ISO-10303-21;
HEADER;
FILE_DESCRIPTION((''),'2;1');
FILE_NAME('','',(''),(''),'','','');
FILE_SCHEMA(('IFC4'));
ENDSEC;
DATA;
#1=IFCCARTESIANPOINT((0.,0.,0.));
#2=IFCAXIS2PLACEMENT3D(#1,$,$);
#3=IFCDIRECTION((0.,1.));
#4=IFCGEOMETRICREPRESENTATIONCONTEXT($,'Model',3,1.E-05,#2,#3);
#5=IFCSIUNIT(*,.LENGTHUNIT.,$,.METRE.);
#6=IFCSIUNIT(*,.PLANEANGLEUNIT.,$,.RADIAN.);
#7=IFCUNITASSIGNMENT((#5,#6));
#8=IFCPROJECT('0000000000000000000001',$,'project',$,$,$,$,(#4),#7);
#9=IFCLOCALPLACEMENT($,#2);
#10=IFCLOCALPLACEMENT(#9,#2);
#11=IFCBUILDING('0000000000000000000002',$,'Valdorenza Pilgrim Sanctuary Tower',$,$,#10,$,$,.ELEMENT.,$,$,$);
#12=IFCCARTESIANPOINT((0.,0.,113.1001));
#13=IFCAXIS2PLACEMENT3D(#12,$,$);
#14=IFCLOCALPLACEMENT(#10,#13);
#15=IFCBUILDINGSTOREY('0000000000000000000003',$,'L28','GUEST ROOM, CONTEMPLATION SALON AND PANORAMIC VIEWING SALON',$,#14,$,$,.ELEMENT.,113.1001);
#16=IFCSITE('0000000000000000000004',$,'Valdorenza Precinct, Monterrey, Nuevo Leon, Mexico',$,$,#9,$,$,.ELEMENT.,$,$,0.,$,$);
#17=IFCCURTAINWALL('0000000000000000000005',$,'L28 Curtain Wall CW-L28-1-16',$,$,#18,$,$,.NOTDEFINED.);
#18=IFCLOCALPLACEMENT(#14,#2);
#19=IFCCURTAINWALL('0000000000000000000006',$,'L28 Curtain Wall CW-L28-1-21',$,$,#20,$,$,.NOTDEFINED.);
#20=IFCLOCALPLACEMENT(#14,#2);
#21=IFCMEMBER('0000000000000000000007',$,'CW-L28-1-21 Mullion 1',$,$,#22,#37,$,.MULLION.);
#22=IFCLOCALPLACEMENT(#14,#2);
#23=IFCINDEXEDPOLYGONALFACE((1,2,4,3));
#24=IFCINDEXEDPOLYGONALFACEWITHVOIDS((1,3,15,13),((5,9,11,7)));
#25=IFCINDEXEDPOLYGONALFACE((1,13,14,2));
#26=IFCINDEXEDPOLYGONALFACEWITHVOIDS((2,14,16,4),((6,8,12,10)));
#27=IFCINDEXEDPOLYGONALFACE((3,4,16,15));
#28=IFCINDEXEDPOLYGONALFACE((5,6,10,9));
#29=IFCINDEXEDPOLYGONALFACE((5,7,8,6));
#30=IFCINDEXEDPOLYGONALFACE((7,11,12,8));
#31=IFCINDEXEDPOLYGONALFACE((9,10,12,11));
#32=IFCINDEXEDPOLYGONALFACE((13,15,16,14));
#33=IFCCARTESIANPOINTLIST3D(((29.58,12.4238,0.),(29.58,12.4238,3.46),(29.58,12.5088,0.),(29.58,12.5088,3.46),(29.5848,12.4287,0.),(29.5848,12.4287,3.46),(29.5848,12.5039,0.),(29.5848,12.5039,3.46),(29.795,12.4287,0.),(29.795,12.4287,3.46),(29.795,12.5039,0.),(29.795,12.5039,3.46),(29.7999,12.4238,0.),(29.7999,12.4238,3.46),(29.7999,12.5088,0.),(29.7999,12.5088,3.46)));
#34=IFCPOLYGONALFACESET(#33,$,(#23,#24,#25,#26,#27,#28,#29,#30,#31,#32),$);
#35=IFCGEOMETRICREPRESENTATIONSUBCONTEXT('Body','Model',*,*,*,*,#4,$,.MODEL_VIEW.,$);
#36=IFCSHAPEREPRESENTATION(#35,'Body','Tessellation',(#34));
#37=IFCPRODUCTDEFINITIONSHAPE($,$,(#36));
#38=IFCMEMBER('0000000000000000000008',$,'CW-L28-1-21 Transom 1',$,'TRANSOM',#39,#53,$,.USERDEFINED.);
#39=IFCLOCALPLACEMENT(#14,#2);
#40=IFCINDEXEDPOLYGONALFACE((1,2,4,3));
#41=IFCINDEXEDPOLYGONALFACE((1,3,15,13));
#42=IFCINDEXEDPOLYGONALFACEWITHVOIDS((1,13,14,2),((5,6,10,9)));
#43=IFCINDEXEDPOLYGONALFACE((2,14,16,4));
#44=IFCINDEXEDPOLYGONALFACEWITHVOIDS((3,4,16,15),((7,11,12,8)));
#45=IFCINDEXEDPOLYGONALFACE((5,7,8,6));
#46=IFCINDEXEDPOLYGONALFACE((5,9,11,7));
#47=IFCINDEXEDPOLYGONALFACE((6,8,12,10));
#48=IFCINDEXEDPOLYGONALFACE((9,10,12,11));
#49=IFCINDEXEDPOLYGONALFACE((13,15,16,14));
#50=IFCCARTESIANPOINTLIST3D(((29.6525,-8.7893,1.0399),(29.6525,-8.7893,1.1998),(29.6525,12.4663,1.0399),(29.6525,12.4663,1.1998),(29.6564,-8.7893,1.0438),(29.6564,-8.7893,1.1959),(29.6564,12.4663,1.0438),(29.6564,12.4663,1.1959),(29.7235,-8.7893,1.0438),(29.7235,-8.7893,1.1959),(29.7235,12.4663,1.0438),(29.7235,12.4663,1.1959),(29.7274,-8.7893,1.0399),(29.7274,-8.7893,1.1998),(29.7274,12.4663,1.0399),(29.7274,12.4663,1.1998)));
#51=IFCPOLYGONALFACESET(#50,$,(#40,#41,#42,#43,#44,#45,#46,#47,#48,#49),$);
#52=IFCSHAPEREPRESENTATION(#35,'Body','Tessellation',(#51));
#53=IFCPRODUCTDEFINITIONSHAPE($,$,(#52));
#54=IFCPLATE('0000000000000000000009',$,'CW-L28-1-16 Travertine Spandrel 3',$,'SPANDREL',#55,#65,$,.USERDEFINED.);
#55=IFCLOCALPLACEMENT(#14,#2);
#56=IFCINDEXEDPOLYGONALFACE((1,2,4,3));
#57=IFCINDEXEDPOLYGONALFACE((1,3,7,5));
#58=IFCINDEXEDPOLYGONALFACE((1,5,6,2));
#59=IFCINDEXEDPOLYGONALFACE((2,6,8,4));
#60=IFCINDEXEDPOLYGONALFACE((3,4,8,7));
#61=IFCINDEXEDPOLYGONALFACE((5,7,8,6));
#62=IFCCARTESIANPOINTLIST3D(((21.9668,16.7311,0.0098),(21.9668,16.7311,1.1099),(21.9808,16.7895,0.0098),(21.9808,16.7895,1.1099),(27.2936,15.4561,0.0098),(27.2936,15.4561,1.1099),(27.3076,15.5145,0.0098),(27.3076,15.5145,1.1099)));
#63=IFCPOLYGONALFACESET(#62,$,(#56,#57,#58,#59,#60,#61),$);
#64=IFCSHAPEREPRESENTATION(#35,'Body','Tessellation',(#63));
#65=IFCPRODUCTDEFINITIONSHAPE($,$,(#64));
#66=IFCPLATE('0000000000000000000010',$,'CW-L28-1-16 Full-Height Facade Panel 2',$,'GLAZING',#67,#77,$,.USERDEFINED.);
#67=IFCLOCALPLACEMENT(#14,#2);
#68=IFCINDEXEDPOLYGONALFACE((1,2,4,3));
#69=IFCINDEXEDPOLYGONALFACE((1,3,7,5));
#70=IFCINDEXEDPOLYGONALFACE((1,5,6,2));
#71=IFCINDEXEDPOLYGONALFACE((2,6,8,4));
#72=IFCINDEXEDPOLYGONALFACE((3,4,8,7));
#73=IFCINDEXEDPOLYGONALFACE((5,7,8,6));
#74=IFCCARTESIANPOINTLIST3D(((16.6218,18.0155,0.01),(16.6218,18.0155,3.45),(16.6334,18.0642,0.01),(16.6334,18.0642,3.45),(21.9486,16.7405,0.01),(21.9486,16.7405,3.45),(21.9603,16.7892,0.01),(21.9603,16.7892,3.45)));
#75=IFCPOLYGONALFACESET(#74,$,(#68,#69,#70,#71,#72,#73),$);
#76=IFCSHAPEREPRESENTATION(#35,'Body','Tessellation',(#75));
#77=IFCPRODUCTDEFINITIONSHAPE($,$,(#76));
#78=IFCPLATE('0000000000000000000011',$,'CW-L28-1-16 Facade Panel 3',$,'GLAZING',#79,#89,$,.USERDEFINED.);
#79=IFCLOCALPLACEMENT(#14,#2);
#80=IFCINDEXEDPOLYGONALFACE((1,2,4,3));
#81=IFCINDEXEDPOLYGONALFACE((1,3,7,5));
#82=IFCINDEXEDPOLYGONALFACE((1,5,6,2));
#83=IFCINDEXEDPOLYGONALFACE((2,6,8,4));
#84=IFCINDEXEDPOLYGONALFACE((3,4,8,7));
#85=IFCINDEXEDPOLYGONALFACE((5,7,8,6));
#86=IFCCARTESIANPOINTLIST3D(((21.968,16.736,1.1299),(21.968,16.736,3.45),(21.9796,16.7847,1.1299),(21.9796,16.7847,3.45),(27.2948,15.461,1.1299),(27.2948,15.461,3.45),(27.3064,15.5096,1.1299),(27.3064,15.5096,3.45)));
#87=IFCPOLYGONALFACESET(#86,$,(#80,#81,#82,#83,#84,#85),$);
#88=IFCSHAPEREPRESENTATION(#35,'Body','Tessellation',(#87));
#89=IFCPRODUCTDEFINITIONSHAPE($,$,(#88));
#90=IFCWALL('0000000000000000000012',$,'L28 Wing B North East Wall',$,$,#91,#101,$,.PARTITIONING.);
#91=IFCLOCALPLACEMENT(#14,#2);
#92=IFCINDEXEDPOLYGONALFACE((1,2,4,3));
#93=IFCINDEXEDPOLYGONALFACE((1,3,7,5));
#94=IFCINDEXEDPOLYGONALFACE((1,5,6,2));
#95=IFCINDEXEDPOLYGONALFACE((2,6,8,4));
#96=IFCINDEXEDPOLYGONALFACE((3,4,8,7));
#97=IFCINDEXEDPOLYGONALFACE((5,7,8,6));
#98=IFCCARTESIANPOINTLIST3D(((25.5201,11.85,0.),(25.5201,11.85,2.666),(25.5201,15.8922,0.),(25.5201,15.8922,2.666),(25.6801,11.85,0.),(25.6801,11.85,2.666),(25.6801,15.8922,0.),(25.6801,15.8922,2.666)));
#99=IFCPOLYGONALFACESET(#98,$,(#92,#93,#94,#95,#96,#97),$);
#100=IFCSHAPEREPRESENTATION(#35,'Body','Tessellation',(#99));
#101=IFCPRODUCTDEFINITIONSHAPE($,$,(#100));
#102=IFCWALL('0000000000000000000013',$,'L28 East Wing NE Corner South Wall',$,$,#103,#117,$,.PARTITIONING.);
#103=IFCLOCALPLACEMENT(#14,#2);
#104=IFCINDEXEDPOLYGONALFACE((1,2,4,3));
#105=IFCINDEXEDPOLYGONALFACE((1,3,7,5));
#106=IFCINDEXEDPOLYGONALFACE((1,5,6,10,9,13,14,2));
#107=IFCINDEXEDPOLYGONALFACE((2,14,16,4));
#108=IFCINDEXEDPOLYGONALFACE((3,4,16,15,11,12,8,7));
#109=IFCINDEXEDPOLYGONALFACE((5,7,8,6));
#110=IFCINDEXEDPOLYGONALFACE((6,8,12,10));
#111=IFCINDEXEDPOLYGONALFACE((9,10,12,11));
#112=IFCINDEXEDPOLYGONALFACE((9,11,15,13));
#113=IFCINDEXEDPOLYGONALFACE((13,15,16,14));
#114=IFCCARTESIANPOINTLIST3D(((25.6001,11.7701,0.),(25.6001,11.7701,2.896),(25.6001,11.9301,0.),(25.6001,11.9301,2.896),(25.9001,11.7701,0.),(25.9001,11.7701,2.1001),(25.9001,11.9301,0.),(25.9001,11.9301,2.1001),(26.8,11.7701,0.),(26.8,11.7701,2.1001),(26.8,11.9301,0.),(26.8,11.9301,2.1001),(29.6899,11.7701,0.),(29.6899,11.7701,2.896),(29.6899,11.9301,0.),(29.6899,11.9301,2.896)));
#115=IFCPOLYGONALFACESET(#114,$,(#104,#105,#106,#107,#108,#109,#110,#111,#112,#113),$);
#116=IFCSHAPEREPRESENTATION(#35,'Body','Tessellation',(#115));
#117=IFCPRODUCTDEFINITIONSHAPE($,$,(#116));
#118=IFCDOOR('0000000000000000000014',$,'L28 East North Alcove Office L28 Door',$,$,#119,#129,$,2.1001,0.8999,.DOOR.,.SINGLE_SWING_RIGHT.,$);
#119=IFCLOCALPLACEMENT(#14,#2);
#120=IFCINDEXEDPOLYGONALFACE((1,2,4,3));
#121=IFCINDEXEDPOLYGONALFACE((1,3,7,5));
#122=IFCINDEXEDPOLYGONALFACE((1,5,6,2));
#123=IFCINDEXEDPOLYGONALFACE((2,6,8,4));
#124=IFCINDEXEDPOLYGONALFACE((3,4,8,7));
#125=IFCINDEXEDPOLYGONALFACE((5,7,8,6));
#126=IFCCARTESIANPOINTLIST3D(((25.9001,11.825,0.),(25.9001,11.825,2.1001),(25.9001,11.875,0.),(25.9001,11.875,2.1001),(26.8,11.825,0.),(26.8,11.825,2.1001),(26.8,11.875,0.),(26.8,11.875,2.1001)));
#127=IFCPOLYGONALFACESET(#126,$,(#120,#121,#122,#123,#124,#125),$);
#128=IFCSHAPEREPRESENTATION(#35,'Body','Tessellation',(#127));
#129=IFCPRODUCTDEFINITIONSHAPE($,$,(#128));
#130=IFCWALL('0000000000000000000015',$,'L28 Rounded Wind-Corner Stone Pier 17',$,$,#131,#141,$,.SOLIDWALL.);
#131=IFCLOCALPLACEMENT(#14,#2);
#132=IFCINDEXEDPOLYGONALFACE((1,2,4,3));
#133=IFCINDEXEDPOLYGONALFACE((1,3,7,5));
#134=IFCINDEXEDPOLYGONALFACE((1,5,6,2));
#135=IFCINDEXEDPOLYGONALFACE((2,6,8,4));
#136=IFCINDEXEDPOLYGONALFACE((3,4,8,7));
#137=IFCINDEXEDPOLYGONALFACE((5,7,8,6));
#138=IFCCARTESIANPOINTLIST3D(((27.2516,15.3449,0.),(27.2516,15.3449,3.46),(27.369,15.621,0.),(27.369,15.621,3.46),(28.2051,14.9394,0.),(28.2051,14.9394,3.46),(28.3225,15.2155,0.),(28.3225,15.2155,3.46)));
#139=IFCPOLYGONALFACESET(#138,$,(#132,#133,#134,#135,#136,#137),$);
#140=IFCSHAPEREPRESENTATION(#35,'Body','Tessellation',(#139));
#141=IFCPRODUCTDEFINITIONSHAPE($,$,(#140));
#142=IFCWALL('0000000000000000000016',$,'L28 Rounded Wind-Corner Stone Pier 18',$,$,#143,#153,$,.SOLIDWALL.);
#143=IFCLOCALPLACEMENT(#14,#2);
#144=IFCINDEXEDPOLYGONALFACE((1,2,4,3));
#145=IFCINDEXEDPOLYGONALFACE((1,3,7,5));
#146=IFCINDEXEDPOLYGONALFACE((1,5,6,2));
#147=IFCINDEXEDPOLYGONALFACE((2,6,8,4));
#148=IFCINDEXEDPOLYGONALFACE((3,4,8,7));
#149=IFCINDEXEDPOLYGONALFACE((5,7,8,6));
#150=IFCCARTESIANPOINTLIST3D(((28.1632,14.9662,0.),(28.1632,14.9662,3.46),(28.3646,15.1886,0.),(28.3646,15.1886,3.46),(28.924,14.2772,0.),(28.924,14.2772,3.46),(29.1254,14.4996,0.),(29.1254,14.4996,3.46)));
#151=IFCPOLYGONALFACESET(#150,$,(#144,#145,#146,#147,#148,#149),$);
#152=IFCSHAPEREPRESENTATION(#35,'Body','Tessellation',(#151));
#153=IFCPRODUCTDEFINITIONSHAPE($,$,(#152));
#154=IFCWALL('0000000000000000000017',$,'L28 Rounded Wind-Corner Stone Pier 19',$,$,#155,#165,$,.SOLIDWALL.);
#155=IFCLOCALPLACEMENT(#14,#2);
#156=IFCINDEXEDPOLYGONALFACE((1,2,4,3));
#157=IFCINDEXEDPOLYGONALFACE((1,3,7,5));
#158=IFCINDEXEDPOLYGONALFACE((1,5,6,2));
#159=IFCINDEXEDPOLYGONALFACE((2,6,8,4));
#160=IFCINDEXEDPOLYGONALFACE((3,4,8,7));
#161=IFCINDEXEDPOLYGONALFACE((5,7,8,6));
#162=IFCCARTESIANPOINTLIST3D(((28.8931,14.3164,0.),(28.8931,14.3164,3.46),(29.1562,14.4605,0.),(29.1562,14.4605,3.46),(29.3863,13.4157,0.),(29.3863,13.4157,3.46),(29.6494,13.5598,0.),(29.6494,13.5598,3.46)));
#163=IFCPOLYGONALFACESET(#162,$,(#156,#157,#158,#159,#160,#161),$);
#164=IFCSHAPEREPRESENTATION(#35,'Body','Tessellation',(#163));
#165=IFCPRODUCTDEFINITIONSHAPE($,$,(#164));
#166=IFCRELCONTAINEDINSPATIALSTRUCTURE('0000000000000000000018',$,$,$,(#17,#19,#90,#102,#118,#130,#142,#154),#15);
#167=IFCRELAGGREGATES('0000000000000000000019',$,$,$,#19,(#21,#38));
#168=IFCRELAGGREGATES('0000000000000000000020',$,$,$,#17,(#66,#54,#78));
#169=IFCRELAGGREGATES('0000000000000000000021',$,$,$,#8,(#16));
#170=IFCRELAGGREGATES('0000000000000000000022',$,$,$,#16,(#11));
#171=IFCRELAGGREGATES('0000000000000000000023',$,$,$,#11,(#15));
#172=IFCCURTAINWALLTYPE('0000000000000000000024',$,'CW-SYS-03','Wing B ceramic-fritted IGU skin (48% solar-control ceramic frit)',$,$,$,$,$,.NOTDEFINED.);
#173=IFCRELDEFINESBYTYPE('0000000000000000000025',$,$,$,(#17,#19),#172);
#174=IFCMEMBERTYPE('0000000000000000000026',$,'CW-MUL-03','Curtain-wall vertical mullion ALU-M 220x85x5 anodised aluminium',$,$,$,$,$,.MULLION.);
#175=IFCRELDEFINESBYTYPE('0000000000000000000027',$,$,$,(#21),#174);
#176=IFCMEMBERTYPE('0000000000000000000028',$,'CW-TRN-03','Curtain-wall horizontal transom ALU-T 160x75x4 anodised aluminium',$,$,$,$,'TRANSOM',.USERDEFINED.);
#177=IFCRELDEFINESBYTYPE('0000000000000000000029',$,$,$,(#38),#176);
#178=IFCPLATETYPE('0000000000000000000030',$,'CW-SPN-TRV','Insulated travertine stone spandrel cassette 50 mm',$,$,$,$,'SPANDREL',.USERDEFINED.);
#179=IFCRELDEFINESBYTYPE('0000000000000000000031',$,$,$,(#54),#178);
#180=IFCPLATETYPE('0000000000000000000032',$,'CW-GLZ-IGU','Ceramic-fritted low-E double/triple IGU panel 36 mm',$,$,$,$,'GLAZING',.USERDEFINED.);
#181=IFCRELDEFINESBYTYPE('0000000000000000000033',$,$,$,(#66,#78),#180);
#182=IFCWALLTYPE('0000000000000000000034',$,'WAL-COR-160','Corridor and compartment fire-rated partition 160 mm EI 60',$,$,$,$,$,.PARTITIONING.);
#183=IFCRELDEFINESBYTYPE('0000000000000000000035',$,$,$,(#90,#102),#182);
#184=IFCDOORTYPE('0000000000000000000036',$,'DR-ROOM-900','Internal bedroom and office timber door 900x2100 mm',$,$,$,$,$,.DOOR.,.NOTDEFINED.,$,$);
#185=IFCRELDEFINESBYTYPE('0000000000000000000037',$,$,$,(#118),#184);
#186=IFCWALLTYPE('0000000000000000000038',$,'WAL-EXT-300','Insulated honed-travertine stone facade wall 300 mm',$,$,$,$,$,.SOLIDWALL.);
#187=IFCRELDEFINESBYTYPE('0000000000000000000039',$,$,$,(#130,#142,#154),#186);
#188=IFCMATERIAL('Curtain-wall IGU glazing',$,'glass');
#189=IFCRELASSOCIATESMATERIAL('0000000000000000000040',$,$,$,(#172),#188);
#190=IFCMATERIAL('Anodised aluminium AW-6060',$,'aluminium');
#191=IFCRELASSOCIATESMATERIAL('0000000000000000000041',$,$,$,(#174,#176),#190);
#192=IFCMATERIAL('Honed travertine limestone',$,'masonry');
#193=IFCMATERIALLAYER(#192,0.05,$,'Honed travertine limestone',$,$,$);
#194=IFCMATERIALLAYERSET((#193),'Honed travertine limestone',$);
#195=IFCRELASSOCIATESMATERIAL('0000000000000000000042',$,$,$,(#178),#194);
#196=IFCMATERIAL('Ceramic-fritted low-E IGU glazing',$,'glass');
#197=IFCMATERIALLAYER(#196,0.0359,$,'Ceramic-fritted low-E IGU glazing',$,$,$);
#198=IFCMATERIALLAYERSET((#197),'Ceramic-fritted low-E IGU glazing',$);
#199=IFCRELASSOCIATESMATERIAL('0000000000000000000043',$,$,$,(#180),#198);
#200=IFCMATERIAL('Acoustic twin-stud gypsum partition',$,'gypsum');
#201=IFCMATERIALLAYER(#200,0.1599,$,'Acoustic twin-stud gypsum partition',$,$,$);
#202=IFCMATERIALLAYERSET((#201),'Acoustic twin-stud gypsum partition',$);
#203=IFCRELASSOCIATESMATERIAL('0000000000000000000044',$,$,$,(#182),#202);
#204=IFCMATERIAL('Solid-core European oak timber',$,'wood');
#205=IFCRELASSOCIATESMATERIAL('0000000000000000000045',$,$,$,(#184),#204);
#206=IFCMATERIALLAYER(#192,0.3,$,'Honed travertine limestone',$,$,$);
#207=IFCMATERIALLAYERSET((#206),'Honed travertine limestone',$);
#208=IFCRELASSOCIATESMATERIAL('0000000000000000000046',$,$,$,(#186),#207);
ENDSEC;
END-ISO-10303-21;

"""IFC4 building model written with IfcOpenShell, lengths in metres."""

from ifc_helpers import new_model, si_unit, direction, frame, frame_2d, origin, origin_2d, place, context, subcontext, project, spatial, rectangle, hollow_rectangle, extrude, source, transform, mapped, material, layer, layer_set, material_profile, profile_set, type_object, element, fill, aggregate, save


model = new_model("IFC4")

# Units and contexts
model_context = context("Model", 3, precision=1e-05, world=origin(), true_north=direction((0.0, 1.0)))
body_context = subcontext(model_context, "Body", "Model", "MODEL_VIEW")
ifc_project = project(units=[si_unit("LENGTHUNIT", "METRE"), si_unit("PLANEANGLEUNIT", "RADIAN")], contexts=[model_context])

# Site, building, storey
site_placement = place(None, origin())
site = spatial("IfcSite", under=ifc_project, at=site_placement, Name="Valdorenza Precinct, Monterrey, Nuevo Leon, Mexico", CompositionType="ELEMENT", RefElevation=0.0)
building_placement = place(site_placement, origin())
building = spatial("IfcBuilding", under=site, at=building_placement, Name="Valdorenza Pilgrim Sanctuary Tower", CompositionType="ELEMENT")
storey_placement = place(building_placement, frame((0.0, 0.0, 113.1001)))
storey = spatial("IfcBuildingStorey", under=building, at=storey_placement, Name="L28", Description="GUEST ROOM, CONTEMPLATION SALON AND PANORAMIC VIEWING SALON", CompositionType="ELEMENT", Elevation=113.1001)

# Curtain walls, members
ifc_material_1 = material(Name="Curtain-wall IGU glazing", Category="glass")
curtain_wall_type = type_object("IfcCurtainWallType", Name="CW-SYS-03", Description="Wing B ceramic-fritted IGU skin (48% solar-control ceramic frit)", PredefinedType="NOTDEFINED", material=ifc_material_1)
curtain_wall_1_placement = place(storey_placement, origin())
curtain_wall_1 = element("IfcCurtainWall", 1, at=curtain_wall_1_placement, inside=storey, type_object=curtain_wall_type, Name="L28 Curtain Wall CW-L28-1-16", PredefinedType="NOTDEFINED")
ifc_material_2 = material(Name="Anodised aluminium AW-6060", Category="aluminium")
ifc_material_profile_1 = material_profile(ifc_material_2, hollow_rectangle(XDim=0.085, YDim=0.22, WallThickness=0.0049, at=origin_2d()), Name="ALU-M 220x85x5")
ifc_profile_set_1 = profile_set([ifc_material_profile_1], Name="Anodised aluminium AW-6060")
member_type_1 = type_object("IfcMemberType", Name="CW-MUL-03", Description="Curtain-wall vertical mullion ALU-M 220x85x5 anodised aluminium", PredefinedType="MULLION", material=ifc_profile_set_1)
shared_shape_1 = source(origin(), body_context, "Body", "SweptSolid", [
    extrude(hollow_rectangle(XDim=0.085, YDim=0.22, WallThickness=0.0049, at=origin_2d()), origin(), (0.0, 0.0, 1.0), 3.46),
])
curtain_wall_2_placement = place(storey_placement, origin())
curtain_wall_2 = element("IfcCurtainWall", 2, at=curtain_wall_2_placement, inside=storey, type_object=curtain_wall_type, Name="L28 Curtain Wall CW-L28-1-21", PredefinedType="NOTDEFINED")
member_1_placement = place(storey_placement, frame((29.6899, 12.4663, 0.0), z_axis=(0.0, 0.0, 1.0), x_axis=(0.0, -1.0, 0.0)))
member_1 = element("IfcMember", 3, at=member_1_placement, type_object=member_type_1, Name="CW-L28-1-21 Mullion 1", PredefinedType="MULLION", context=body_context, shape_type="MappedRepresentation", body=[
    mapped(shared_shape_1, transform((0.0, 0.0, 0.0), x_axis=(1.0, 0.0, 0.0), y_axis=(0.0, 1.0, 0.0), z_axis=(0.0, 0.0, 1.0), scale=1.0)),
])
ifc_material_profile_2 = material_profile(ifc_material_2, hollow_rectangle(XDim=0.075, YDim=0.1599, WallThickness=0.0039, at=origin_2d()), Name="ALU-T 160x75x4")
ifc_profile_set_2 = profile_set([ifc_material_profile_2], Name="Anodised aluminium AW-6060")
member_type_2 = type_object("IfcMemberType", Name="CW-TRN-03", Description="Curtain-wall horizontal transom ALU-T 160x75x4 anodised aluminium", ElementType="TRANSOM", PredefinedType="USERDEFINED", material=ifc_profile_set_2)
shared_shape_2 = source(origin(), body_context, "Body", "SweptSolid", [
    extrude(hollow_rectangle(XDim=0.075, YDim=0.1599, WallThickness=0.0039, at=origin_2d()), origin(), (0.0, 0.0, 1.0), 21.2556),
])
member_2_placement = place(storey_placement, frame((29.6899, 12.4663, 1.1199), z_axis=(0.0, -1.0, 0.0), x_axis=(1.0, 0.0, 0.0)))
member_2 = element("IfcMember", 4, at=member_2_placement, type_object=member_type_2, Name="CW-L28-1-21 Transom 1", ObjectType="TRANSOM", PredefinedType="USERDEFINED", context=body_context, shape_type="MappedRepresentation", body=[
    mapped(shared_shape_2, transform((0.0, 0.0, 0.0), x_axis=(1.0, 0.0, 0.0), y_axis=(0.0, 1.0, 0.0), z_axis=(0.0, 0.0, 1.0), scale=1.0)),
])
aggregate(curtain_wall_2, [member_1, member_2])

# Plates
ifc_material_3 = material(Name="Honed travertine limestone", Category="masonry")
ifc_layer_1 = layer(ifc_material_3, 0.05, Name="Honed travertine limestone")
ifc_layer_set_1 = layer_set([ifc_layer_1], Name="Honed travertine limestone")
plate_type_1 = type_object("IfcPlateType", Name="CW-SPN-TRV", Description="Insulated travertine stone spandrel cassette 50 mm", ElementType="SPANDREL", PredefinedType="USERDEFINED", material=ifc_layer_set_1)
shared_shape_3 = source(origin(), body_context, "Body", "SweptSolid", [
    extrude(rectangle(XDim=5.4773, YDim=0.0601, at=origin_2d()), origin(), (0.0, 0.0, 1.0), 1.1001),
])
plate_1_placement = place(storey_placement, frame((24.6372, 16.1228, 0.0098), z_axis=(0.0, 0.0, 1.0), x_axis=(0.972529, -0.232783, 0.0)))
plate_1 = element("IfcPlate", 5, at=plate_1_placement, type_object=plate_type_1, Name="CW-L28-1-16 Travertine Spandrel 3", ObjectType="SPANDREL", PredefinedType="USERDEFINED", context=body_context, shape_type="MappedRepresentation", body=[
    mapped(shared_shape_3, transform((0.0, 0.0, 0.0), x_axis=(1.0, 0.0, 0.0), y_axis=(0.0, 1.0, 0.0), z_axis=(0.0, 0.0, 1.0), scale=1.0)),
])
ifc_material_4 = material(Name="Ceramic-fritted low-E IGU glazing", Category="glass")
ifc_layer_2 = layer(ifc_material_4, 0.0359, Name="Ceramic-fritted low-E IGU glazing")
ifc_layer_set_2 = layer_set([ifc_layer_2], Name="Ceramic-fritted low-E IGU glazing")
plate_type_2 = type_object("IfcPlateType", Name="CW-GLZ-IGU", Description="Ceramic-fritted low-E double/triple IGU panel 36 mm", ElementType="GLAZING", PredefinedType="USERDEFINED", material=ifc_layer_set_2)
shared_shape_4 = source(origin(), body_context, "Body", "SweptSolid", [
    extrude(rectangle(XDim=5.4773, YDim=0.05, at=origin_2d()), origin(), (0.0, 0.0, 1.0), 3.4399),
])
plate_2_placement = place(storey_placement, frame((19.291, 17.4023, 0.01), z_axis=(0.0, 0.0, 1.0), x_axis=(0.972529, -0.232783, 0.0)))
plate_2 = element("IfcPlate", 6, at=plate_2_placement, type_object=plate_type_2, Name="CW-L28-1-16 Full-Height Facade Panel 2", ObjectType="GLAZING", PredefinedType="USERDEFINED", context=body_context, shape_type="MappedRepresentation", body=[
    mapped(shared_shape_4, transform((0.0, 0.0, 0.0), x_axis=(1.0, 0.0, 0.0), y_axis=(0.0, 1.0, 0.0), z_axis=(0.0, 0.0, 1.0), scale=1.0)),
])
shared_shape_5 = source(origin(), body_context, "Body", "SweptSolid", [
    extrude(rectangle(XDim=5.4773, YDim=0.05, at=origin_2d()), origin(), (0.0, 0.0, 1.0), 2.3201),
])
plate_3_placement = place(storey_placement, frame((24.6372, 16.1228, 1.1299), z_axis=(0.0, 0.0, 1.0), x_axis=(0.972529, -0.232783, 0.0)))
plate_3 = element("IfcPlate", 7, at=plate_3_placement, type_object=plate_type_2, Name="CW-L28-1-16 Facade Panel 3", ObjectType="GLAZING", PredefinedType="USERDEFINED", context=body_context, shape_type="MappedRepresentation", body=[
    mapped(shared_shape_5, transform((0.0, 0.0, 0.0), x_axis=(1.0, 0.0, 0.0), y_axis=(0.0, 1.0, 0.0), z_axis=(0.0, 0.0, 1.0), scale=1.0)),
])
aggregate(curtain_wall_1, [plate_2, plate_1, plate_3])

# Wall
ifc_material_5 = material(Name="Acoustic twin-stud gypsum partition", Category="gypsum")
ifc_layer_3 = layer(ifc_material_5, 0.1599, Name="Acoustic twin-stud gypsum partition")
ifc_layer_set_3 = layer_set([ifc_layer_3], Name="Acoustic twin-stud gypsum partition")
wall_type_1 = type_object("IfcWallType", Name="WAL-COR-160", Description="Corridor and compartment fire-rated partition 160 mm EI 60", PredefinedType="PARTITIONING", material=ifc_layer_set_3)
wall_1_placement = place(storey_placement, frame((25.6001, 11.8501, 0.0), z_axis=(0.0, 0.0, 1.0), x_axis=(0.0, 1.0, 0.0)))
element("IfcWall", 8, at=wall_1_placement, inside=storey, type_object=wall_type_1, Name="L28 Wing B North East Wall", PredefinedType="PARTITIONING", context=body_context, shape_type="SweptSolid", body=[
    extrude(rectangle(XDim=4.0422, YDim=0.1599, at=frame_2d((2.021, 0.0))), origin(), (0.0, 0.0, 1.0), 2.666),
])

# Wall, opening, door
wall_2_placement = place(storey_placement, frame((25.6001, 11.8501, 0.0), z_axis=(0.0, 0.0, 1.0), x_axis=(1.0, 0.0, 0.0)))
wall_2 = element("IfcWall", 9, at=wall_2_placement, inside=storey, type_object=wall_type_1, Name="L28 East Wing NE Corner South Wall", PredefinedType="PARTITIONING", context=body_context, shape_type="SweptSolid", body=[
    extrude(rectangle(XDim=4.0898, YDim=0.1599, at=frame_2d((2.0449, 0.0))), origin(), (0.0, 0.0, 1.0), 2.896),
])
opening_1_placement = place(wall_2_placement, frame((0.3, 0.0, 0.0)))
opening_1 = element("IfcOpeningElement", 10, at=opening_1_placement, cuts=wall_2, PredefinedType="OPENING", context=body_context, shape_type="SweptSolid", body=[
    extrude(rectangle(XDim=0.8999, YDim=2.1001, at=frame_2d((0.45, 1.05))), frame((0.0, 0.0947, 0.0), z_axis=(0.0, -1.0, 0.0), x_axis=(1.0, 0.0, 0.0)), (0.0, 0.0, 1.0), 0.1897),
])
ifc_material_6 = material(Name="Solid-core European oak timber", Category="wood")
door_type_1 = type_object("IfcDoorType", Name="DR-ROOM-900", Description="Internal bedroom and office timber door 900x2100 mm", OperationType="NOTDEFINED", PredefinedType="DOOR", material=ifc_material_6)
door_1_placement = place(opening_1_placement, origin())
door_1 = element("IfcDoor", 11, at=door_1_placement, inside=storey, type_object=door_type_1, Name="L28 East North Alcove Office L28 Door", OperationType="SINGLE_SWING_RIGHT", OverallHeight=2.1001, OverallWidth=0.8999, PredefinedType="DOOR", context=body_context, shape_type="SweptSolid", body=[
    extrude(rectangle(XDim=0.8999, YDim=2.1001, at=frame_2d((0.45, 1.05))), frame((0.0, 0.0249, 0.0), z_axis=(0.0, -1.0, 0.0), x_axis=(1.0, 0.0, 0.0)), (0.0, 0.0, 1.0), 0.05),
])
fill(opening_1, door_1)

# Walls
ifc_layer_4 = layer(ifc_material_3, 0.3, Name="Honed travertine limestone")
ifc_layer_set_4 = layer_set([ifc_layer_4], Name="Honed travertine limestone")
wall_type_2 = type_object("IfcWallType", Name="WAL-EXT-300", Description="Insulated honed-travertine stone facade wall 300 mm", PredefinedType="SOLIDWALL", material=ifc_layer_set_4)
wall_3_placement = place(storey_placement, frame((27.3103, 15.4829, 0.0), z_axis=(0.0, 0.0, 1.0), x_axis=(0.92025, -0.39133, 0.0)))
element("IfcWall", 12, at=wall_3_placement, inside=storey, type_object=wall_type_2, Name="L28 Rounded Wind-Corner Stone Pier 17", PredefinedType="SOLIDWALL", context=body_context, shape_type="SweptSolid", body=[
    extrude(rectangle(XDim=1.0361, YDim=0.3, at=frame_2d((0.5181, 0.0))), origin(), (0.0, 0.0, 1.0), 3.46),
])
wall_4_placement = place(storey_placement, frame((28.2639, 15.0774, 0.0), z_axis=(0.0, 0.0, 1.0), x_axis=(0.741209, -0.671275, 0.0)))
element("IfcWall", 13, at=wall_4_placement, inside=storey, type_object=wall_type_2, Name="L28 Rounded Wind-Corner Stone Pier 18", PredefinedType="SOLIDWALL", context=body_context, shape_type="SweptSolid", body=[
    extrude(rectangle(XDim=1.0264, YDim=0.3, at=frame_2d((0.5132, 0.0))), origin(), (0.0, 0.0, 1.0), 3.46),
])
wall_5_placement = place(storey_placement, frame((29.0247, 14.3884, 0.0), z_axis=(0.0, 0.0, 1.0), x_axis=(0.480284, -0.877113, 0.0)))
element("IfcWall", 14, at=wall_5_placement, inside=storey, type_object=wall_type_2, Name="L28 Rounded Wind-Corner Stone Pier 19", PredefinedType="SOLIDWALL", context=body_context, shape_type="SweptSolid", body=[
    extrude(rectangle(XDim=1.0269, YDim=0.3, at=frame_2d((0.5134, 0.0))), origin(), (0.0, 0.0, 1.0), 3.46),
])

save(model, "model.ifc")
